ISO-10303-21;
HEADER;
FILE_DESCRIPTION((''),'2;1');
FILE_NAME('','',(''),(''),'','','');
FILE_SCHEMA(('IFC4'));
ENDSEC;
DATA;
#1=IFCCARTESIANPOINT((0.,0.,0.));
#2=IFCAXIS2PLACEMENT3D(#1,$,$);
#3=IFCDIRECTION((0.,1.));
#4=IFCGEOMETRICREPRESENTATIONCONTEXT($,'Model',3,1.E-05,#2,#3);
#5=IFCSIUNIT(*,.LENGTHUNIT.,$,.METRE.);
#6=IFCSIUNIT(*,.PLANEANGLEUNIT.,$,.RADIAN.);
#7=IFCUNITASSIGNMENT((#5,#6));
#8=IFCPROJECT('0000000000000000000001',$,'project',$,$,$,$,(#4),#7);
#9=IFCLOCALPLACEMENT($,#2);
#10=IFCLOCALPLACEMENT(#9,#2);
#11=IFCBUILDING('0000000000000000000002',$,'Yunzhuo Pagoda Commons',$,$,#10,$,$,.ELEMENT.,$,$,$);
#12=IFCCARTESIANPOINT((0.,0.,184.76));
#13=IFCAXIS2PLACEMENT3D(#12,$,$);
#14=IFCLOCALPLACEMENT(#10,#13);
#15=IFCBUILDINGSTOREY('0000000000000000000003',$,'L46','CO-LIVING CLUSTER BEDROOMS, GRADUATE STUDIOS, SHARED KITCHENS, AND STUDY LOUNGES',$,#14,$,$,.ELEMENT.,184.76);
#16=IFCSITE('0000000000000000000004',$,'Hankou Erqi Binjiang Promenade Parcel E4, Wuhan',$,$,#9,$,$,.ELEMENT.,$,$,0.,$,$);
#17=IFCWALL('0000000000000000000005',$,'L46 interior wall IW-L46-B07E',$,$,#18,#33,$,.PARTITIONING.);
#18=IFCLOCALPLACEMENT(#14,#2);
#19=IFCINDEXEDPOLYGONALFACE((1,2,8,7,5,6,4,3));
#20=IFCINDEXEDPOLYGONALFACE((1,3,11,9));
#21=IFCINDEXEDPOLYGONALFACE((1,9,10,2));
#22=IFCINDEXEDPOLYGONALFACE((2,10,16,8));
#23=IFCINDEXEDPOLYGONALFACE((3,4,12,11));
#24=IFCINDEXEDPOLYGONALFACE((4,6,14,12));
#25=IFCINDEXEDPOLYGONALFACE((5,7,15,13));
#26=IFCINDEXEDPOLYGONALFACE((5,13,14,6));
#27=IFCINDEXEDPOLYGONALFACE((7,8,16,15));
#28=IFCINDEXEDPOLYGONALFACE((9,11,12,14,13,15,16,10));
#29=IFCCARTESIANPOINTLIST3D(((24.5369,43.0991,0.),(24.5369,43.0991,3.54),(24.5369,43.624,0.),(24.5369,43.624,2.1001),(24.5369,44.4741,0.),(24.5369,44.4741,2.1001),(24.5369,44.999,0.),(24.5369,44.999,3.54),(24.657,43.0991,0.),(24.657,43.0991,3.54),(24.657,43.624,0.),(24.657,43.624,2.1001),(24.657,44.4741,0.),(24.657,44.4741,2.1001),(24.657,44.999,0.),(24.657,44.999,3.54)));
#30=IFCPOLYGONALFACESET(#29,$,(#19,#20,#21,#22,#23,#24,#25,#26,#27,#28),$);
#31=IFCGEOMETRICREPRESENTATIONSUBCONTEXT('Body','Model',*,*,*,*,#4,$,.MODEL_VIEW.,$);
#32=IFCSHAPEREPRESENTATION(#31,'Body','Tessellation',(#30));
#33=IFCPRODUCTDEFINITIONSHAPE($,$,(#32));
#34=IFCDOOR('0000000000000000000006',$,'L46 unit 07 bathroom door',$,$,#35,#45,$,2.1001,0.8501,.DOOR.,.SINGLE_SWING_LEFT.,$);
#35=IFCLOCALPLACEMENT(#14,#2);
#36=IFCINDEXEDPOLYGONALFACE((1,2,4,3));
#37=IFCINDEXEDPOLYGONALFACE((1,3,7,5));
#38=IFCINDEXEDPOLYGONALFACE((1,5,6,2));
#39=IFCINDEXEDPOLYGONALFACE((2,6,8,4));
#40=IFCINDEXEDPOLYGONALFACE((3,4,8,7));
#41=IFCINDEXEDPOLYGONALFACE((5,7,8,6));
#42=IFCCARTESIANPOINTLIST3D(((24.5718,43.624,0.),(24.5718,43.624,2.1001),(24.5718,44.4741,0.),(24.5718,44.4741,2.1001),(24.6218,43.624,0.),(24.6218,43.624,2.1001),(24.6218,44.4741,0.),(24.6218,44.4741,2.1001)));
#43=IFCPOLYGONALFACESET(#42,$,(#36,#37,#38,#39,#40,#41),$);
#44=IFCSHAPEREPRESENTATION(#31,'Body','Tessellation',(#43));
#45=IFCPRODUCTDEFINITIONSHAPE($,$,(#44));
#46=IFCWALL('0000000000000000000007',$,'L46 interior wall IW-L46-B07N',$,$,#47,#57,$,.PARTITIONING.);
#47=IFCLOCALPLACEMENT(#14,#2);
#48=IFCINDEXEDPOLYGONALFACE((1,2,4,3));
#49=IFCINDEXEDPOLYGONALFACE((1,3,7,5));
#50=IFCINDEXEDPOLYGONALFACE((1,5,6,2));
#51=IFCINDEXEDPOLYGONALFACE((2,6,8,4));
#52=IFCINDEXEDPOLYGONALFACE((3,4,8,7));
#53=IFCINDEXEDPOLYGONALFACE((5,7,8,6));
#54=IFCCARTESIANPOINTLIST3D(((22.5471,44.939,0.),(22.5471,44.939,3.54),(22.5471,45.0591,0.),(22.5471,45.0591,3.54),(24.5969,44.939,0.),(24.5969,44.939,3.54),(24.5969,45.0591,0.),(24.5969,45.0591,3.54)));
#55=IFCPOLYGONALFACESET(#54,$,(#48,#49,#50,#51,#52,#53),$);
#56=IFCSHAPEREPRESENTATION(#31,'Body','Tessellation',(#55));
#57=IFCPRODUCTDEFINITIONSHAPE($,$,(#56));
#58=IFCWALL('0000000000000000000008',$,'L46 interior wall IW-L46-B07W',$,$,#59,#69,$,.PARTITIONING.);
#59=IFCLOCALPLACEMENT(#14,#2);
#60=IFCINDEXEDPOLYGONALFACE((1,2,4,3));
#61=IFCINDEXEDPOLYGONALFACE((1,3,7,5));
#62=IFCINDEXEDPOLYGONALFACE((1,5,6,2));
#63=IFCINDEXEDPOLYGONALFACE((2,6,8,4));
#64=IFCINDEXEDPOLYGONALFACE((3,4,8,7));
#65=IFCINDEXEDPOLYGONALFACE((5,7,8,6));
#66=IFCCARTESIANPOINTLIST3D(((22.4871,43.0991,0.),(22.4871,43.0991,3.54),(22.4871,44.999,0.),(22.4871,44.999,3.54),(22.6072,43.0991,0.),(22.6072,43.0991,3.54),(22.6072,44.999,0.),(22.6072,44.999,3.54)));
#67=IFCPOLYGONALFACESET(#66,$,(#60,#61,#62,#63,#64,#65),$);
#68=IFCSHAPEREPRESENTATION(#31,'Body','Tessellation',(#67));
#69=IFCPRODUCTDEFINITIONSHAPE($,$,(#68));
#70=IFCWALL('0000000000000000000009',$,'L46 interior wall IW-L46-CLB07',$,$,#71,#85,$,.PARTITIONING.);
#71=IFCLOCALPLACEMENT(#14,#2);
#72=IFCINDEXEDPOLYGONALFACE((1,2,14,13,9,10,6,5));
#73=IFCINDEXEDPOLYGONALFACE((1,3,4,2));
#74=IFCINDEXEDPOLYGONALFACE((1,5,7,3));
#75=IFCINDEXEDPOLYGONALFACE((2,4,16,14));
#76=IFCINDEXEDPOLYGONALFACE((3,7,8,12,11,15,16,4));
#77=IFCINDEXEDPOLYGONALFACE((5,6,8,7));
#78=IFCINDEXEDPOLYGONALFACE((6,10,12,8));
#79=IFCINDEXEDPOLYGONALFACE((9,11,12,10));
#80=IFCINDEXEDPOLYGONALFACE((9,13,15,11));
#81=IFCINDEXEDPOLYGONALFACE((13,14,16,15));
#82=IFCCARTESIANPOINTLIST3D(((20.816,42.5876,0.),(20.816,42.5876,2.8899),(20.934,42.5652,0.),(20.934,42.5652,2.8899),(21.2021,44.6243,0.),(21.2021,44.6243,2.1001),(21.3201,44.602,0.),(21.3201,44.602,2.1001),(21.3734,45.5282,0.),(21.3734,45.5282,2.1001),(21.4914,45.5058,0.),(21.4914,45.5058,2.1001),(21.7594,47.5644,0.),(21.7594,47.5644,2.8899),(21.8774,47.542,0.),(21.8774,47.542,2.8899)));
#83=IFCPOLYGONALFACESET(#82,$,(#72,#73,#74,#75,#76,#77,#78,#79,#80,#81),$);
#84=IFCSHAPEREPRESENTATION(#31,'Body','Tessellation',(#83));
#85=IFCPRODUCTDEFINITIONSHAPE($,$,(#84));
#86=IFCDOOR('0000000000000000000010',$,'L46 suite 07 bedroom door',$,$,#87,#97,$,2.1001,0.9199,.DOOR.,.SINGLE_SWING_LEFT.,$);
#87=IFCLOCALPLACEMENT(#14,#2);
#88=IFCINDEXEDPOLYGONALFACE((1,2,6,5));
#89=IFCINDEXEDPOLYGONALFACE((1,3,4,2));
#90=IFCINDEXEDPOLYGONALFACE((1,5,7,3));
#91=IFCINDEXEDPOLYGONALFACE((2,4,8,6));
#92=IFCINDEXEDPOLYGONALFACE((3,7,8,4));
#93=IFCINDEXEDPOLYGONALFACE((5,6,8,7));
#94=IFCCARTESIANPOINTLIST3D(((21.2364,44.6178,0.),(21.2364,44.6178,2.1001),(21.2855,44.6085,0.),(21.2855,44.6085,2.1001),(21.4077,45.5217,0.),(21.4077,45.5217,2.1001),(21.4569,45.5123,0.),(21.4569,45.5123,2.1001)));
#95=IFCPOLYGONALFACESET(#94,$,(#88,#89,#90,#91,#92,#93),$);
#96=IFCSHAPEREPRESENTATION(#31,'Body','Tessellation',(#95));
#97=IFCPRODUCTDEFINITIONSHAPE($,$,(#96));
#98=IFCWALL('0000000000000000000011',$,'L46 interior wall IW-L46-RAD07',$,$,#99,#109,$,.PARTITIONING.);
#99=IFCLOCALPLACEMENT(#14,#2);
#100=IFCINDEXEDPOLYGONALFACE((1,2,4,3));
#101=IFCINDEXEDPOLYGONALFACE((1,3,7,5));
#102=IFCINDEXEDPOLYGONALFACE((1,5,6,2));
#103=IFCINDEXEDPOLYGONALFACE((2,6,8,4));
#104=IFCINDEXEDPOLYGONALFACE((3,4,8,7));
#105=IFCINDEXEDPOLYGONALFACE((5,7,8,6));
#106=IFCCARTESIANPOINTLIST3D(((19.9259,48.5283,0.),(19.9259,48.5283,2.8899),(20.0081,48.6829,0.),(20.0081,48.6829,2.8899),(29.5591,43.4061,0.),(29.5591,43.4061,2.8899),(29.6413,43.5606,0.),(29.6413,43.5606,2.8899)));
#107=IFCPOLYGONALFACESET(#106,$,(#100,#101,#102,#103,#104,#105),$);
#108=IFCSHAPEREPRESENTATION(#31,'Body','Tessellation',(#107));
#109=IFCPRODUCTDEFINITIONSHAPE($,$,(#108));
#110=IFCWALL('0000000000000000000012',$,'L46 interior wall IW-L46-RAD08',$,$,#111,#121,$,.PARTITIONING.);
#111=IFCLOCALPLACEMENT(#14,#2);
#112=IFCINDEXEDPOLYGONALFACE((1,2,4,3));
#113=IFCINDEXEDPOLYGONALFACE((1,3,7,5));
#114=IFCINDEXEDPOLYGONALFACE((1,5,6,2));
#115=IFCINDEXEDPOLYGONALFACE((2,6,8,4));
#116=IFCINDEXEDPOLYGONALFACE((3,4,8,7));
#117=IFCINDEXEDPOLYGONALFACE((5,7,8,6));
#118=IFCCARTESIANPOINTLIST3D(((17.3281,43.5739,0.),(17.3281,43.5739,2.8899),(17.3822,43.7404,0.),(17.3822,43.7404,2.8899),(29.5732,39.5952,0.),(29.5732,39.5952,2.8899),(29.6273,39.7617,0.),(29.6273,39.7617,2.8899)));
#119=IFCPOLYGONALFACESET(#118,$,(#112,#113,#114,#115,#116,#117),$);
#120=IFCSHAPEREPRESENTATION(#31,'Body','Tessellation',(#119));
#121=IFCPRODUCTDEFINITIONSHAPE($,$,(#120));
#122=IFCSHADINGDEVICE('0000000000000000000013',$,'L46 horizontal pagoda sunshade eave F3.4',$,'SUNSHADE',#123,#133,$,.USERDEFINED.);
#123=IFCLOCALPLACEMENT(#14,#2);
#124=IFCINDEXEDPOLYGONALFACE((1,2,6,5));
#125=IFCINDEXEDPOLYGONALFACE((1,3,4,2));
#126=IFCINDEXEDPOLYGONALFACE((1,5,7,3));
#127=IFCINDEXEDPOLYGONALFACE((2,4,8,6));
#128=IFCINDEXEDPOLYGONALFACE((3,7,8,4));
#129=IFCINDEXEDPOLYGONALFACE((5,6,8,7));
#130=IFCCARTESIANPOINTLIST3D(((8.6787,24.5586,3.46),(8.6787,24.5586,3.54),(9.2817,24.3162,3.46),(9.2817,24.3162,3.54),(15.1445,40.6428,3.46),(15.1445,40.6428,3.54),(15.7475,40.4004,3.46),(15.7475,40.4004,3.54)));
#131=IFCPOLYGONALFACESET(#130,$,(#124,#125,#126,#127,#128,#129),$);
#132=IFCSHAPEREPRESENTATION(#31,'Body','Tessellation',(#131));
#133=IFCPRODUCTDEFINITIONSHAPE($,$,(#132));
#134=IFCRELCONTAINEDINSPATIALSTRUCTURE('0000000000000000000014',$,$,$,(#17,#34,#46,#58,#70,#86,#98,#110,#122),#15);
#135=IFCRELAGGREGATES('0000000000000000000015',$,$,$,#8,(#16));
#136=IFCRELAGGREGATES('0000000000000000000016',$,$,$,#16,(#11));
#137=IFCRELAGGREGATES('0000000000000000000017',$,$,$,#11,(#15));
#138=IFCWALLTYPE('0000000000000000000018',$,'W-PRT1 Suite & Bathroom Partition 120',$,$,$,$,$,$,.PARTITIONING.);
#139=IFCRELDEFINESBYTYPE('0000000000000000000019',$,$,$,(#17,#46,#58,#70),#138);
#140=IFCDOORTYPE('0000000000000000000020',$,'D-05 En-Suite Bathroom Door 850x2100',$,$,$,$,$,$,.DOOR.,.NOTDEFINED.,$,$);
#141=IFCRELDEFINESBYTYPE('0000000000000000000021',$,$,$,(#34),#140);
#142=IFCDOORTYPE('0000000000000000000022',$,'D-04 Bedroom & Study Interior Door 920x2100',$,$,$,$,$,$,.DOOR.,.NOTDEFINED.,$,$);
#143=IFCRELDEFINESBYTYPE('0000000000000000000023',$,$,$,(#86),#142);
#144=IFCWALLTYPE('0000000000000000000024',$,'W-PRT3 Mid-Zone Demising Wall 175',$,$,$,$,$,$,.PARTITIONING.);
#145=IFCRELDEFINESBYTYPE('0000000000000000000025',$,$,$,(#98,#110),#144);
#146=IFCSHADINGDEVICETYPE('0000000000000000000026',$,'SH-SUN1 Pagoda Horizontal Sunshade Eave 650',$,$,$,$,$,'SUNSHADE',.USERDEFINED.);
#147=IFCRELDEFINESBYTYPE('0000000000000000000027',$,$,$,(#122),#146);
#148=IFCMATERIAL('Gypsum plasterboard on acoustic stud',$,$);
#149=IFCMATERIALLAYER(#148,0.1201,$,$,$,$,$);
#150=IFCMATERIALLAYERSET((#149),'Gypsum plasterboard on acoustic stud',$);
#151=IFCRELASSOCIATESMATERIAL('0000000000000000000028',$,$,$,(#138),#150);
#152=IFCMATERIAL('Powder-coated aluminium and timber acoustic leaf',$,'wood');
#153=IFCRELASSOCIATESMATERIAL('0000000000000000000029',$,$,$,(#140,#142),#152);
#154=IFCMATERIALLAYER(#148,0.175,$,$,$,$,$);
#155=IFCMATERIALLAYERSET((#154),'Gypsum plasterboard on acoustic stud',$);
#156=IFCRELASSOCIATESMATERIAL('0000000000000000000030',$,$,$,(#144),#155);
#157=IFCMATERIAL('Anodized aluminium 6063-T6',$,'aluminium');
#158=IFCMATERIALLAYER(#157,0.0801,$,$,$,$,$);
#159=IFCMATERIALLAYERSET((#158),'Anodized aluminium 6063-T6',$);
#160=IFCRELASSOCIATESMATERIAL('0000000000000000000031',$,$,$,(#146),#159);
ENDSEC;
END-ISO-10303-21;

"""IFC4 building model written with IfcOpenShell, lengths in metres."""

from ifc_helpers import new_model, si_unit, direction, frame, frame_2d, origin, origin_with_axes, origin_2d, place, context, subcontext, project, spatial, rectangle, extrude, source, transform, mapped, material, layer, layer_set, type_object, element, fill, save


model = new_model("IFC4")

# Units and contexts
model_context = context("Model", 3, precision=1e-05, world=origin(), true_north=direction((0.0, 1.0)))
body_context = subcontext(model_context, "Body", "Model", "MODEL_VIEW")
ifc_project = project(units=[si_unit("LENGTHUNIT", "METRE"), si_unit("PLANEANGLEUNIT", "RADIAN")], contexts=[model_context])

# Site, building, storey
site_placement = place(None, origin())
site = spatial("IfcSite", under=ifc_project, at=site_placement, Name="Hankou Erqi Binjiang Promenade Parcel E4, Wuhan", CompositionType="ELEMENT", RefElevation=0.0)
building_placement = place(site_placement, origin())
building = spatial("IfcBuilding", under=site, at=building_placement, Name="Yunzhuo Pagoda Commons", CompositionType="ELEMENT")
storey_placement = place(building_placement, frame((0.0, 0.0, 184.76)))
storey = spatial("IfcBuildingStorey", under=building, at=storey_placement, Name="L46", Description="CO-LIVING CLUSTER BEDROOMS, GRADUATE STUDIOS, SHARED KITCHENS, AND STUDY LOUNGES", CompositionType="ELEMENT", Elevation=184.76)

# Shared definitions
ifc_material_1 = material(Name="Anodized aluminium 6063-T6", Category="aluminium")

# Shared definitions
ifc_material_2 = material(Name="Gypsum plasterboard on acoustic stud")

# Shared definitions
ifc_layer_1 = layer(ifc_material_2, 0.1201)
ifc_layer_set_1 = layer_set([ifc_layer_1], Name="Gypsum plasterboard on acoustic stud")
wall_type_1 = type_object("IfcWallType", Name="W-PRT1 Suite & Bathroom Partition 120", PredefinedType="PARTITIONING", material=ifc_layer_set_1)

# Wall, opening, door
wall_1_placement = place(storey_placement, frame((24.5969, 43.0991, 0.0), z_axis=(0.0, 0.0, 1.0), x_axis=(0.0, 1.0, 0.0)))
wall_1 = element("IfcWall", 1, at=wall_1_placement, inside=storey, type_object=wall_type_1, Name="L46 interior wall IW-L46-B07E", PredefinedType="PARTITIONING", context=body_context, shape_type="SweptSolid", body=[
    extrude(rectangle(XDim=1.8999, YDim=0.1201, at=frame_2d((0.95, 0.0))), origin(), (0.0, 0.0, 1.0), 3.54),
])
opening_1_placement = place(wall_1_placement, frame((0.5249, 0.0, 0.0)))
opening_1 = element("IfcOpeningElement", 2, at=opening_1_placement, cuts=wall_1, PredefinedType="OPENING", context=body_context, shape_type="SweptSolid", body=[
    extrude(rectangle(XDim=0.8501, YDim=2.1001, at=frame_2d((0.425, 1.05))), frame((0.0, 0.0701, 0.0), z_axis=(0.0, -1.0, 0.0), x_axis=(1.0, 0.0, 0.0)), (0.0, 0.0, 1.0), 0.1401),
])
ifc_material_3 = material(Name="Powder-coated aluminium and timber acoustic leaf", Category="wood")
door_type_1 = type_object("IfcDoorType", Name="D-05 En-Suite Bathroom Door 850x2100", OperationType="NOTDEFINED", PredefinedType="DOOR", material=ifc_material_3)
shared_shape_1 = source(origin(), body_context, "Body", "SweptSolid", [
    extrude(rectangle(XDim=0.8501, YDim=2.1001, at=frame_2d((0.425, 1.05))), frame((0.0, 0.0249, 0.0), z_axis=(0.0, -1.0, 0.0), x_axis=(1.0, 0.0, 0.0)), (0.0, 0.0, 1.0), 0.05),
])
door_1_placement = place(opening_1_placement, frame((0.8501, 0.0, 0.0), z_axis=(0.0, 0.0, 1.0), x_axis=(-1.0, 0.0, 0.0)))
door_1 = element("IfcDoor", 3, at=door_1_placement, inside=storey, type_object=door_type_1, Name="L46 unit 07 bathroom door", OperationType="SINGLE_SWING_LEFT", OverallHeight=2.1001, OverallWidth=0.8501, PredefinedType="DOOR", context=body_context, shape_type="MappedRepresentation", body=[
    mapped(shared_shape_1, transform((0.0, 0.0, 0.0), scale=1.0)),
])
fill(opening_1, door_1)

# Walls
wall_2_placement = place(storey_placement, frame((24.5969, 44.999, 0.0), z_axis=(0.0, 0.0, 1.0), x_axis=(-1.0, 0.0, 0.0)))
element("IfcWall", 4, at=wall_2_placement, inside=storey, type_object=wall_type_1, Name="L46 interior wall IW-L46-B07N", PredefinedType="PARTITIONING", context=body_context, shape_type="SweptSolid", body=[
    extrude(rectangle(XDim=2.0498, YDim=0.1201, at=frame_2d((1.0249, 0.0))), origin(), (0.0, 0.0, 1.0), 3.54),
])
wall_3_placement = place(storey_placement, frame((22.5471, 44.999, 0.0), z_axis=(0.0, 0.0, 1.0), x_axis=(0.0, -1.0, 0.0)))
element("IfcWall", 5, at=wall_3_placement, inside=storey, type_object=wall_type_1, Name="L46 interior wall IW-L46-B07W", PredefinedType="PARTITIONING", context=body_context, shape_type="SweptSolid", body=[
    extrude(rectangle(XDim=1.8999, YDim=0.1201, at=frame_2d((0.95, 0.0))), origin(), (0.0, 0.0, 1.0), 3.54),
])

# Wall, opening, door
wall_4_placement = place(storey_placement, frame((21.8184, 47.5532, 0.0), z_axis=(0.0, 0.0, 1.0), x_axis=(-0.186235, -0.982505, 0.0)))
wall_4 = element("IfcWall", 6, at=wall_4_placement, inside=storey, type_object=wall_type_1, Name="L46 interior wall IW-L46-CLB07", PredefinedType="PARTITIONING", context=body_context, shape_type="SweptSolid", body=[
    extrude(rectangle(XDim=5.0654, YDim=0.1201, at=frame_2d((2.5327, 0.0))), origin(), (0.0, 0.0, 1.0), 2.8899),
])
opening_2_placement = place(wall_4_placement, frame((2.0725, 0.0, 0.0)))
opening_2 = element("IfcOpeningElement", 7, at=opening_2_placement, cuts=wall_4, PredefinedType="OPENING", context=body_context, shape_type="SweptSolid", body=[
    extrude(rectangle(XDim=0.9199, YDim=2.1001, at=frame_2d((0.46, 1.05))), frame((0.0, 0.0701, 0.0), z_axis=(0.0, -1.0, 0.0), x_axis=(1.0, 0.0, 0.0)), (0.0, 0.0, 1.0), 0.1401),
])
door_type_2 = type_object("IfcDoorType", Name="D-04 Bedroom & Study Interior Door 920x2100", OperationType="NOTDEFINED", PredefinedType="DOOR", material=ifc_material_3)
shared_shape_2 = source(origin(), body_context, "Body", "SweptSolid", [
    extrude(rectangle(XDim=0.9199, YDim=2.1001, at=frame_2d((0.46, 1.05))), frame((0.0, 0.0249, 0.0), z_axis=(0.0, -1.0, 0.0), x_axis=(1.0, 0.0, 0.0)), (0.0, 0.0, 1.0), 0.05),
])
door_2_placement = place(opening_2_placement, origin_with_axes())
door_2 = element("IfcDoor", 8, at=door_2_placement, inside=storey, type_object=door_type_2, Name="L46 suite 07 bedroom door", OperationType="SINGLE_SWING_LEFT", OverallHeight=2.1001, OverallWidth=0.9199, PredefinedType="DOOR", context=body_context, shape_type="MappedRepresentation", body=[
    mapped(shared_shape_2, transform((0.0, 0.0, 0.0), scale=1.0)),
])
fill(opening_2, door_2)

# Walls
ifc_layer_2 = layer(ifc_material_2, 0.175)
ifc_layer_set_2 = layer_set([ifc_layer_2], Name="Gypsum plasterboard on acoustic stud")
wall_type_2 = type_object("IfcWallType", Name="W-PRT3 Mid-Zone Demising Wall 175", PredefinedType="PARTITIONING", material=ifc_layer_set_2)
wall_5_placement = place(storey_placement, frame((29.6001, 43.4834, 0.0), z_axis=(0.0, 0.0, 1.0), x_axis=(-0.88294, 0.469486, 0.0)))
element("IfcWall", 9, at=wall_5_placement, inside=storey, type_object=wall_type_2, Name="L46 interior wall IW-L46-RAD07", PredefinedType="PARTITIONING", context=body_context, shape_type="SweptSolid", body=[
    extrude(rectangle(XDim=10.9104, YDim=0.175, at=frame_2d((5.4551, 0.0))), origin(), (0.0, 0.0, 1.0), 2.8899),
])
wall_6_placement = place(storey_placement, frame((29.6001, 39.6785, 0.0), z_axis=(0.0, 0.0, 1.0), x_axis=(-0.951055, 0.309023, 0.0)))
element("IfcWall", 10, at=wall_6_placement, inside=storey, type_object=wall_type_2, Name="L46 interior wall IW-L46-RAD08", PredefinedType="PARTITIONING", context=body_context, shape_type="SweptSolid", body=[
    extrude(rectangle(XDim=12.8752, YDim=0.175, at=frame_2d((6.4375, 0.0))), origin(), (0.0, 0.0, 1.0), 2.8899),
])

# Shading device
ifc_layer_3 = layer(ifc_material_1, 0.0801)
ifc_layer_set_3 = layer_set([ifc_layer_3], Name="Anodized aluminium 6063-T6")
shading_device_type = type_object("IfcShadingDeviceType", Name="SH-SUN1 Pagoda Horizontal Sunshade Eave 650", ElementType="SUNSHADE", PredefinedType="USERDEFINED", material=ifc_layer_set_3)
shared_shape_3 = source(origin(), body_context, "Body", "SweptSolid", [
    extrude(rectangle(XDim=17.3352, YDim=0.6499, at=origin_2d()), origin(), (0.0, 0.0, 1.0), 0.0801),
])
shading_device_placement = place(storey_placement, frame((12.2131, 32.4795, 3.46), z_axis=(0.0, 0.0, 1.0), x_axis=(-0.372988, -0.927836, 0.0)))
element("IfcShadingDevice", 11, at=shading_device_placement, inside=storey, type_object=shading_device_type, Name="L46 horizontal pagoda sunshade eave F3.4", ObjectType="SUNSHADE", PredefinedType="USERDEFINED", context=body_context, shape_type="MappedRepresentation", body=[
    mapped(shared_shape_3, transform((0.0, 0.0, 0.0), scale=1.0)),
])

save(model, "model.ifc")
